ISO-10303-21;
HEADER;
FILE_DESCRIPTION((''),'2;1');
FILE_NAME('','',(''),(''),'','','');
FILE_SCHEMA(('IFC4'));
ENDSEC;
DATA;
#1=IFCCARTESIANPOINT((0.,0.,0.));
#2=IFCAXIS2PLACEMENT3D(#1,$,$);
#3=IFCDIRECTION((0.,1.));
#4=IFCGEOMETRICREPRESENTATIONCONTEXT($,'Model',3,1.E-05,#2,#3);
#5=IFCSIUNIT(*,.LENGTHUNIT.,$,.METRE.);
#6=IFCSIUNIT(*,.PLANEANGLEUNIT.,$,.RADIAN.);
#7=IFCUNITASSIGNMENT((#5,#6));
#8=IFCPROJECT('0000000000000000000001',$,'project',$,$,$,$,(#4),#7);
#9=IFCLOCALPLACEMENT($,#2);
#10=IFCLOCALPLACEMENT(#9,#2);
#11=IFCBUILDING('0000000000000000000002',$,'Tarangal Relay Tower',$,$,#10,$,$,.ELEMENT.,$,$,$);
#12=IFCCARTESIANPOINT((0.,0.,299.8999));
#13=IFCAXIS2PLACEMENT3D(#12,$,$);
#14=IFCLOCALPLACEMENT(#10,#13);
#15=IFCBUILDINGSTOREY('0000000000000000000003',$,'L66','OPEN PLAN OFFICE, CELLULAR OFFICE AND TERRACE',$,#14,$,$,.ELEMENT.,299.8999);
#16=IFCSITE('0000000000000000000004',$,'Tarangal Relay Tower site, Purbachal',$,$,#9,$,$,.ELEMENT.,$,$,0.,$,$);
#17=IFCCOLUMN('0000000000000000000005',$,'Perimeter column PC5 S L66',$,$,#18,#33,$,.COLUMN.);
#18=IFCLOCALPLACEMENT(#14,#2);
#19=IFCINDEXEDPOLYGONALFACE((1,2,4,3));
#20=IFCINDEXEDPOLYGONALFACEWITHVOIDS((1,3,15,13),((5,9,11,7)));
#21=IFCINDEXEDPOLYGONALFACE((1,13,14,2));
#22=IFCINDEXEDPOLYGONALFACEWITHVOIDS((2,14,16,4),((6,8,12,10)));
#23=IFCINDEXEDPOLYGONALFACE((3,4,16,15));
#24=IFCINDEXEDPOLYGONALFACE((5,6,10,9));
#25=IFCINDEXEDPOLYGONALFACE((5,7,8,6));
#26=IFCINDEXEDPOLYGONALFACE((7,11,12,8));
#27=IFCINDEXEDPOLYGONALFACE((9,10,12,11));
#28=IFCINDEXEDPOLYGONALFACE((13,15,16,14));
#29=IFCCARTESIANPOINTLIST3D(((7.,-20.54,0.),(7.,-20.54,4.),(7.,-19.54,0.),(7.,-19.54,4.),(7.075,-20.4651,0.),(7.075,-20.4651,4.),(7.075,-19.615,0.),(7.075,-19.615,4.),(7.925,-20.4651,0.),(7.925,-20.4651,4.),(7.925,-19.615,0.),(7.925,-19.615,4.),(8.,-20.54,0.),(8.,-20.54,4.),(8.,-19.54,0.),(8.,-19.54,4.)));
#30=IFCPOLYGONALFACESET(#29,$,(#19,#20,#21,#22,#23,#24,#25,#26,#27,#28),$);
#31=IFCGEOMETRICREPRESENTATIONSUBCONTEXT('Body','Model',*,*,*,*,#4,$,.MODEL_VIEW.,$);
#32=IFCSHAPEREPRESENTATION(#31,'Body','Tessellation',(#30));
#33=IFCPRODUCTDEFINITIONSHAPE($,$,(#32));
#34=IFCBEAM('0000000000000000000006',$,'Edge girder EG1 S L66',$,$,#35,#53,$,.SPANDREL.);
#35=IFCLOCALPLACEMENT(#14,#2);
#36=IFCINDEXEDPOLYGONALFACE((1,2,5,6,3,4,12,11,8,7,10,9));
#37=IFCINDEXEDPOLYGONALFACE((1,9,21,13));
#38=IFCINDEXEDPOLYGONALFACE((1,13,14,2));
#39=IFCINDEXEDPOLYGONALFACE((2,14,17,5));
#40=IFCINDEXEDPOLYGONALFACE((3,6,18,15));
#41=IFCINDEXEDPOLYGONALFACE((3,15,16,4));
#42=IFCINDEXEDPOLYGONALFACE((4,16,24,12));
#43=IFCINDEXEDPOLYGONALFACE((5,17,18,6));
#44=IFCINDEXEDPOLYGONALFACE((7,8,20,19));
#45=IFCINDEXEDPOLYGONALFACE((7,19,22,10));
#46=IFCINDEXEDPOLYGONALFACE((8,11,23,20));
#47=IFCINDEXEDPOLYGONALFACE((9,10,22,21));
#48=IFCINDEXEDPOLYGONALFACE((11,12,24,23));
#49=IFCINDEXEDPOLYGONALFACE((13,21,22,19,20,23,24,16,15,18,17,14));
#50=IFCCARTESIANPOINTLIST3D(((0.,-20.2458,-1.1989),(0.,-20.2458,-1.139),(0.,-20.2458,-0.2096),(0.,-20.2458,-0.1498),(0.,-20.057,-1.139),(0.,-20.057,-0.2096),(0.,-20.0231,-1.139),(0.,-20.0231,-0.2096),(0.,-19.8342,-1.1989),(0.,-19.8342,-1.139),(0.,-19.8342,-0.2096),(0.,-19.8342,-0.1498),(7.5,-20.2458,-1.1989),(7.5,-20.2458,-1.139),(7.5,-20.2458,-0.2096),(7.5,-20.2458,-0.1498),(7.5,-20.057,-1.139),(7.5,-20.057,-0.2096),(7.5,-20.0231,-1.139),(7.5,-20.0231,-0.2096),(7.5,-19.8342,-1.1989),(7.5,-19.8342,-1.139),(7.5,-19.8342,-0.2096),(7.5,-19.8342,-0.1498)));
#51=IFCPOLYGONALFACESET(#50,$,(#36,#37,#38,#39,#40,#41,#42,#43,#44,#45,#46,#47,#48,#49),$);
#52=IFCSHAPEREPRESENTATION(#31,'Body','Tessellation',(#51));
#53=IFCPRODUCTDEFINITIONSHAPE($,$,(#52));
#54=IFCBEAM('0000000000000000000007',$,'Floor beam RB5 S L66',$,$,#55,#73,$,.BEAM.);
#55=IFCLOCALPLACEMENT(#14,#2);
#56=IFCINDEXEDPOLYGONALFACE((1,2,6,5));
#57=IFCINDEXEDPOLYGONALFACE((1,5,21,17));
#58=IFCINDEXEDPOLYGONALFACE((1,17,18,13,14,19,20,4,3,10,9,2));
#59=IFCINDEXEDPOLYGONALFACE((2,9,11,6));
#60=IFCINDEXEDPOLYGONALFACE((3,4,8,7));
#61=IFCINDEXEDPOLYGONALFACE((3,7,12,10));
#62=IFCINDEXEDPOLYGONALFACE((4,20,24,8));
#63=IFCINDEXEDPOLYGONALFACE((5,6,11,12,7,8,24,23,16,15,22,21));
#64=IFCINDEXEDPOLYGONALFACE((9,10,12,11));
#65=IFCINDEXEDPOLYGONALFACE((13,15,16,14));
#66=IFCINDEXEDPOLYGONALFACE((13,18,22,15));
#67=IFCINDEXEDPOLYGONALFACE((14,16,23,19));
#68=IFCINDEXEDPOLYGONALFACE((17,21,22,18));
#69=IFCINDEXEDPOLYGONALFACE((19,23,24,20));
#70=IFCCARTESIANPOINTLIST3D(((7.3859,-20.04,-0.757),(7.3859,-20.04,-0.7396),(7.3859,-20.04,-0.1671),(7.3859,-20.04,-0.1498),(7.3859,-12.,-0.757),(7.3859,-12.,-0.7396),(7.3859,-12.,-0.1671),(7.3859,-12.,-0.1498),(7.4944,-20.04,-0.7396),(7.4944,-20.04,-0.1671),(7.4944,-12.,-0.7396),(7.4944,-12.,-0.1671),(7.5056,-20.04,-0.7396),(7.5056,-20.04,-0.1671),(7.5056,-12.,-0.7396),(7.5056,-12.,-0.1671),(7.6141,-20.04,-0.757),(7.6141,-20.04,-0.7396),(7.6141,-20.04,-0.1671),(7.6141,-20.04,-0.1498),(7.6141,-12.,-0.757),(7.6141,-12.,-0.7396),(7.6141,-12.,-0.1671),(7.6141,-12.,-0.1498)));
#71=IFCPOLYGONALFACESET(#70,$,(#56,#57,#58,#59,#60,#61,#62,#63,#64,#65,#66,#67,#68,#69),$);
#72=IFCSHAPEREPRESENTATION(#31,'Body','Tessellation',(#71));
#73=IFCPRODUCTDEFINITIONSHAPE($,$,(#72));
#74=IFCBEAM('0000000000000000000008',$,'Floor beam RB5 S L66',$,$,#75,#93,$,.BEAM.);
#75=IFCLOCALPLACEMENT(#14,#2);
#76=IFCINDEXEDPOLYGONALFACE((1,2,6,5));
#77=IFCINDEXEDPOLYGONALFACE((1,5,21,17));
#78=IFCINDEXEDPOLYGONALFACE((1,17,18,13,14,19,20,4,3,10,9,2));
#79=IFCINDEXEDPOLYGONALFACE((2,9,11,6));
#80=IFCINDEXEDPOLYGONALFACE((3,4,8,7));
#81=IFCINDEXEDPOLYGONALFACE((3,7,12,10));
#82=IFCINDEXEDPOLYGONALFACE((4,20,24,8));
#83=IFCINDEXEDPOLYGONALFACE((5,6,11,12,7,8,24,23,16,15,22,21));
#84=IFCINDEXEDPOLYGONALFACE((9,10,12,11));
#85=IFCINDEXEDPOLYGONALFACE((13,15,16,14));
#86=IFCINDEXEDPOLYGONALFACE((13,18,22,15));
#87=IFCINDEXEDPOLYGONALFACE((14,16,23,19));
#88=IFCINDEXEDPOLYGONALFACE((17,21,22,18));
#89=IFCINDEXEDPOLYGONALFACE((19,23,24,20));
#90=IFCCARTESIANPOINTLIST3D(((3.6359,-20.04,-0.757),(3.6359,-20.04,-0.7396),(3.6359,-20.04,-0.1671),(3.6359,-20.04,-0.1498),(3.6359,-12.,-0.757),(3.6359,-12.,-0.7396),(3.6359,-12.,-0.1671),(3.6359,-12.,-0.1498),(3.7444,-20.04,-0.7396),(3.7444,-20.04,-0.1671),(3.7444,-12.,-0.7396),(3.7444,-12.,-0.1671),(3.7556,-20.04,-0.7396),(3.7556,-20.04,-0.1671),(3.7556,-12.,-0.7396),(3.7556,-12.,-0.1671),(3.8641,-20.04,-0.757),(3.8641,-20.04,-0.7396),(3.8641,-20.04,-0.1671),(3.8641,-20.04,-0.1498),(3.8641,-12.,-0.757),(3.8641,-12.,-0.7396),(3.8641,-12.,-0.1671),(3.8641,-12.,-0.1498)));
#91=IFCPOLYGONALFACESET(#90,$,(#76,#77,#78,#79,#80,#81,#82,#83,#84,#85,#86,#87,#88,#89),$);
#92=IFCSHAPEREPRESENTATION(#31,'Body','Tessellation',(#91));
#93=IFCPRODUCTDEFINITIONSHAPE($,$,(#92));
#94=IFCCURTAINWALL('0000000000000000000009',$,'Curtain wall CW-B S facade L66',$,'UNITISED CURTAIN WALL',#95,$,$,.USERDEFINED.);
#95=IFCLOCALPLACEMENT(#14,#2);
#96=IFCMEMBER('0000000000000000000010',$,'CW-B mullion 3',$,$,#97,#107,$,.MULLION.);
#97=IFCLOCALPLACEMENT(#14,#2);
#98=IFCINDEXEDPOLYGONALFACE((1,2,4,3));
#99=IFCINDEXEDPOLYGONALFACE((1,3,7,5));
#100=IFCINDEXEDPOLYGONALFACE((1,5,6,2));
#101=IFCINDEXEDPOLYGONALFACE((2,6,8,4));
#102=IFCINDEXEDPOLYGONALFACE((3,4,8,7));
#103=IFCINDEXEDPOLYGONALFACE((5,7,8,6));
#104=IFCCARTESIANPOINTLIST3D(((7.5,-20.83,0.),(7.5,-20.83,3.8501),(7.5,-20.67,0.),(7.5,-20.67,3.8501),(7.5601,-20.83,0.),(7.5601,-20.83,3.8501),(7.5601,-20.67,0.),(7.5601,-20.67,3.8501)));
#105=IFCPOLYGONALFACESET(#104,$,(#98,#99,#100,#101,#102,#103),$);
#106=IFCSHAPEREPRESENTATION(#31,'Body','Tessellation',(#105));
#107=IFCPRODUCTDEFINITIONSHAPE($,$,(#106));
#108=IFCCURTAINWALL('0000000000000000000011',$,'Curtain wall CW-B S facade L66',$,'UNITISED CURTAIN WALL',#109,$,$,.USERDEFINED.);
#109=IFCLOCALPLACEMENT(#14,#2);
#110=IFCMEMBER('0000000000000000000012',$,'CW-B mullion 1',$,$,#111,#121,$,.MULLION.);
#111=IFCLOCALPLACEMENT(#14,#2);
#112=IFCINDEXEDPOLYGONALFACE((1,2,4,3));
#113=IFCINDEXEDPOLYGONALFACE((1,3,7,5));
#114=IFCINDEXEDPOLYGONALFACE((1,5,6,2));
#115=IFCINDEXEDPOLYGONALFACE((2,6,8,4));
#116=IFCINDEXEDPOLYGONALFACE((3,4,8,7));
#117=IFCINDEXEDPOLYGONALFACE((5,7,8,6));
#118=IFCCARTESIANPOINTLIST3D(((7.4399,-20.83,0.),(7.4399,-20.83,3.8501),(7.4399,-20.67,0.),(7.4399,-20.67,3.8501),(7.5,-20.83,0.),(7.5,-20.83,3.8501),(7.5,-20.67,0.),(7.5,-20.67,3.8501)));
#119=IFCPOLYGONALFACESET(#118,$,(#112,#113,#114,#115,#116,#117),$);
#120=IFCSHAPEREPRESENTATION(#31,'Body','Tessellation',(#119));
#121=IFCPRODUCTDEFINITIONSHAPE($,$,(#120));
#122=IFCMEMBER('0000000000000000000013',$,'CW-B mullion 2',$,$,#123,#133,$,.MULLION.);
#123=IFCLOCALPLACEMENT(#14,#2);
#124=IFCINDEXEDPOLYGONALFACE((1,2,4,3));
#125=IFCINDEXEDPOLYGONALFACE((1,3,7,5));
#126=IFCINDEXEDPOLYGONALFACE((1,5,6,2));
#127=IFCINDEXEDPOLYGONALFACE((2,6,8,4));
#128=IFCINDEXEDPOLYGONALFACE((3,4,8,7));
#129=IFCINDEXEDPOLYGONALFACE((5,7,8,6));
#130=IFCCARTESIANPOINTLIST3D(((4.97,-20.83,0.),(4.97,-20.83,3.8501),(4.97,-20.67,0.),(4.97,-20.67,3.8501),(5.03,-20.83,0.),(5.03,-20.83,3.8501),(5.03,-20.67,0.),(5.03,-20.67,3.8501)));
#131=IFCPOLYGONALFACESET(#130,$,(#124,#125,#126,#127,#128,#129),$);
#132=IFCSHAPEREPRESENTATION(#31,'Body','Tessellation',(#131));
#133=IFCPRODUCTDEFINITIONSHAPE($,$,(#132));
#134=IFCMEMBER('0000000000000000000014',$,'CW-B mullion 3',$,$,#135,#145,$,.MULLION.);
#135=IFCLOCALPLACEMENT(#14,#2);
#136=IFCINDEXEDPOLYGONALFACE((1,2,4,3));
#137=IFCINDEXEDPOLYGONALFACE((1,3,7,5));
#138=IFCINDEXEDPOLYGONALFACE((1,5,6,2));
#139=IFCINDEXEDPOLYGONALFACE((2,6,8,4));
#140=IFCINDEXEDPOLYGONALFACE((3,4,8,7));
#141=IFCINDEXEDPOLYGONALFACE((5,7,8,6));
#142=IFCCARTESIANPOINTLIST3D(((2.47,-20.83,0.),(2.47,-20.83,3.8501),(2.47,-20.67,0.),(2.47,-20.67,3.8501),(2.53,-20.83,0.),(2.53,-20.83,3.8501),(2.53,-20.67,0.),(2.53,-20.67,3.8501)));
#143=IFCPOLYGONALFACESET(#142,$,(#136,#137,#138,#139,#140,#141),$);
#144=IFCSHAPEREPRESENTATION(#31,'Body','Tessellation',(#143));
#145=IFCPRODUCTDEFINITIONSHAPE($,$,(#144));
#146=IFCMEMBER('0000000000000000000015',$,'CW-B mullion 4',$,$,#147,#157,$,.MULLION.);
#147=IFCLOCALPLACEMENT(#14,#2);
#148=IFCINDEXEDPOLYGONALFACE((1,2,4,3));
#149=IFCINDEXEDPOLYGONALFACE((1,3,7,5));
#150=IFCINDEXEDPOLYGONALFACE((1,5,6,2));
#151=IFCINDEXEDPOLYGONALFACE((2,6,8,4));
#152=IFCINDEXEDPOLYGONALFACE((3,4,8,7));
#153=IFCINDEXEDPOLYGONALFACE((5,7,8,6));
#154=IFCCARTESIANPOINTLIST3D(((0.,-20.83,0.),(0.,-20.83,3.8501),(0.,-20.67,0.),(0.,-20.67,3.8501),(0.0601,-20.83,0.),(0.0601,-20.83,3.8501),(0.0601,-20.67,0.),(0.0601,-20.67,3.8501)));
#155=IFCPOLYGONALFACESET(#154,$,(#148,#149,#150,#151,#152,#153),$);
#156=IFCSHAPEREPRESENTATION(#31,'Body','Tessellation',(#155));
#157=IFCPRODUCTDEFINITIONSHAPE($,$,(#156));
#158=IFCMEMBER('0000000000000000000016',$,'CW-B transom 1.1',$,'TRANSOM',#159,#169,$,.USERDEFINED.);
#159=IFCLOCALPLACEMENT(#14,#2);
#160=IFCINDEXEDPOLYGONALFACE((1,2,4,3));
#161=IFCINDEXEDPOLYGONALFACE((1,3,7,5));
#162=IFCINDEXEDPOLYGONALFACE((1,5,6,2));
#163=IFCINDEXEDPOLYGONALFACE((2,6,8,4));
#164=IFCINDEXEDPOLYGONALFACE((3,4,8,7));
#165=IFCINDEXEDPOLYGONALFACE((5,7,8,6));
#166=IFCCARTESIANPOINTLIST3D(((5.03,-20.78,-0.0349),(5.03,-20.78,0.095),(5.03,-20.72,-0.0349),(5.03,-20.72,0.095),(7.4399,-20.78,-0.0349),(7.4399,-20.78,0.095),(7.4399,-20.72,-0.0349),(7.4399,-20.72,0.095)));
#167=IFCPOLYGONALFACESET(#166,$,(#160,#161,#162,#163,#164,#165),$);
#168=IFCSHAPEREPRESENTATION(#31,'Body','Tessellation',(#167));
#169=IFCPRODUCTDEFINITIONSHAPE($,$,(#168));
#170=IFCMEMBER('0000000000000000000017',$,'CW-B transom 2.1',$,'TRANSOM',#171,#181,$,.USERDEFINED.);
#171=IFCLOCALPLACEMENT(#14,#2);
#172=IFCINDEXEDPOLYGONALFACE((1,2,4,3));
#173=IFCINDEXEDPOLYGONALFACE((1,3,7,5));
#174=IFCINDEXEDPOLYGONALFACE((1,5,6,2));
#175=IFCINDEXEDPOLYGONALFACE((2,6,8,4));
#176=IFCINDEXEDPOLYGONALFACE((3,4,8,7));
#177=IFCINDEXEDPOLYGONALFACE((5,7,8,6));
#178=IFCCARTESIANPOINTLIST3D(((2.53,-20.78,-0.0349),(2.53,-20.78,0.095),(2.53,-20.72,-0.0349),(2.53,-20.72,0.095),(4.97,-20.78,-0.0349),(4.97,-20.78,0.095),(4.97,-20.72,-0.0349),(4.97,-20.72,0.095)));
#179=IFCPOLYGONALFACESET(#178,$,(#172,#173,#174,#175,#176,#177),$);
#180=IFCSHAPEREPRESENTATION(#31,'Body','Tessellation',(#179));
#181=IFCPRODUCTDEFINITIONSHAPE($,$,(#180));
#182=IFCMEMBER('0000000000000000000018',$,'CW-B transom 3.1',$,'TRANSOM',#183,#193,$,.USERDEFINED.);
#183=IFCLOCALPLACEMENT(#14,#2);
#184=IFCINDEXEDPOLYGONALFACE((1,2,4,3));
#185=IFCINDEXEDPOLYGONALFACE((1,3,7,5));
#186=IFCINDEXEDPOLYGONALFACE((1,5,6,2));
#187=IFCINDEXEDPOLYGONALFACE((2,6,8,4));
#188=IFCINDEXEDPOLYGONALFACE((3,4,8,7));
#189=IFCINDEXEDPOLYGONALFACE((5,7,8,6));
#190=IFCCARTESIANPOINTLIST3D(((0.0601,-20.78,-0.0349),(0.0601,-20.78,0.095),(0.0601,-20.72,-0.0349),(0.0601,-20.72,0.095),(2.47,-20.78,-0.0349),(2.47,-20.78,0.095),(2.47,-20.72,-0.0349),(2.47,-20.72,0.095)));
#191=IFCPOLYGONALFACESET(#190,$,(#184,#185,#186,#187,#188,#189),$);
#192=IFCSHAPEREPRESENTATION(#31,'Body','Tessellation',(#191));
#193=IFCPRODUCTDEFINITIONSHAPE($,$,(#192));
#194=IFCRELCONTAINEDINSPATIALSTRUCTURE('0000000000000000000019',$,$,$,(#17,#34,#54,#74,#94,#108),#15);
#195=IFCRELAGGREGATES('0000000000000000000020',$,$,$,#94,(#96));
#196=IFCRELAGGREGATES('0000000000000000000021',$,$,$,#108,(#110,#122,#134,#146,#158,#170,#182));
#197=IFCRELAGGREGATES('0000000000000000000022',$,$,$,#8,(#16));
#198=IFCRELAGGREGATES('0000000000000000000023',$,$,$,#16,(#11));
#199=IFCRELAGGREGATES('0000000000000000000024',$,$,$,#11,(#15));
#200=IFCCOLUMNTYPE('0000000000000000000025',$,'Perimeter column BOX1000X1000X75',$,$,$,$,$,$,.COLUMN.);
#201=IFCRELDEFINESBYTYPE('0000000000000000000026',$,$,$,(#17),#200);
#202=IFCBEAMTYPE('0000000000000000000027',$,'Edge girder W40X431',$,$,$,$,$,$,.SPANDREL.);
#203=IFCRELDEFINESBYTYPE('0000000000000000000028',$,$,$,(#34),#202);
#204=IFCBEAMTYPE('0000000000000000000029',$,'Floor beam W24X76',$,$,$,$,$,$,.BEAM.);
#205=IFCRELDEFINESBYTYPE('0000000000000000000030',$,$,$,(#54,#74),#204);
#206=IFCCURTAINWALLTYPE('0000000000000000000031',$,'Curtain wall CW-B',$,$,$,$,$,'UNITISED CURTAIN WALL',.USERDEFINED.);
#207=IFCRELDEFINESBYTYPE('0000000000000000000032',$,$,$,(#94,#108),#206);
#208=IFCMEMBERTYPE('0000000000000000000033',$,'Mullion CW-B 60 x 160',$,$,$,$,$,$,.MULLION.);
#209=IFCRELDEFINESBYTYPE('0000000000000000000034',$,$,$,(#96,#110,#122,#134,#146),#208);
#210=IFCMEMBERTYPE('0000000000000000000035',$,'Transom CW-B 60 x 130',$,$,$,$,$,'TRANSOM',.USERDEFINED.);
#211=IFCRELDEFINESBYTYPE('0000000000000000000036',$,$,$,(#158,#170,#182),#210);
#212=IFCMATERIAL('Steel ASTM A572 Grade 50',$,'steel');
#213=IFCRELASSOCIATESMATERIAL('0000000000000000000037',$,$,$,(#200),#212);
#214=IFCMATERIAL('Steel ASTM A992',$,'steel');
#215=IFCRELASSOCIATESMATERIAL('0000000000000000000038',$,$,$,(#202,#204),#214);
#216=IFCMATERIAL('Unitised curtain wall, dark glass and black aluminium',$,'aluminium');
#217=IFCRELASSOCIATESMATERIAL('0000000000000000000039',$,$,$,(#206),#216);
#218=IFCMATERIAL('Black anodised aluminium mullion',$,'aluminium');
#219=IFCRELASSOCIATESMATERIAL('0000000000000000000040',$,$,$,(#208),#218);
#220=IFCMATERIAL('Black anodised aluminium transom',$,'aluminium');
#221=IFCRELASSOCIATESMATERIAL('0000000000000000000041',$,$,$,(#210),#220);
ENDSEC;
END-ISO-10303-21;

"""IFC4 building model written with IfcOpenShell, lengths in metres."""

from ifc_helpers import new_model, si_unit, direction, frame, origin, origin_2d, place, context, subcontext, project, spatial, rectangle, hollow_rectangle, i_section, extrude, material, material_profile, profile_set, type_object, element, aggregate, save


model = new_model("IFC4")

# Units and contexts
model_context = context("Model", 3, precision=1e-05, world=origin(), true_north=direction((0.0, 1.0)))
body_context = subcontext(model_context, "Body", "Model", "MODEL_VIEW")
ifc_project = project(units=[si_unit("LENGTHUNIT", "METRE"), si_unit("PLANEANGLEUNIT", "RADIAN")], contexts=[model_context])

# Site, building, storey
site_placement = place(None, origin())
site = spatial("IfcSite", under=ifc_project, at=site_placement, Name="Tarangal Relay Tower site, Purbachal", CompositionType="ELEMENT", RefElevation=0.0)
building_placement = place(site_placement, origin())
building = spatial("IfcBuilding", under=site, at=building_placement, Name="Tarangal Relay Tower", CompositionType="ELEMENT")
storey_placement = place(building_placement, frame((0.0, 0.0, 299.8999)))
storey = spatial("IfcBuildingStorey", under=building, at=storey_placement, Name="L66", Description="OPEN PLAN OFFICE, CELLULAR OFFICE AND TERRACE", CompositionType="ELEMENT", Elevation=299.8999)

# Column
ifc_material_1 = material(Name="Steel ASTM A572 Grade 50", Category="steel")
ifc_material_profile_1 = material_profile(ifc_material_1, hollow_rectangle(XDim=1.0, YDim=1.0, WallThickness=0.075, at=origin_2d()), Name="BOX1000X1000X75")
ifc_profile_set_1 = profile_set([ifc_material_profile_1], Name="Steel ASTM A572 Grade 50")
column_type = type_object("IfcColumnType", Name="Perimeter column BOX1000X1000X75", PredefinedType="COLUMN", material=ifc_profile_set_1)
column_placement = place(storey_placement, frame((7.5, -20.04, 0.0), z_axis=(0.0, 0.0, 1.0), x_axis=(1.0, 0.0, 0.0)))
element("IfcColumn", 1, at=column_placement, inside=storey, type_object=column_type, Name="Perimeter column PC5 S L66", PredefinedType="COLUMN", context=body_context, shape_type="SweptSolid", body=[
    extrude(hollow_rectangle(XDim=1.0, YDim=1.0, WallThickness=0.075, at=origin_2d()), origin(), (0.0, 0.0, 1.0), 4.0),
])

# Beams
ifc_material_2 = material(Name="Steel ASTM A992", Category="steel")
ifc_material_profile_2 = material_profile(ifc_material_2, i_section(OverallWidth=0.4116, OverallDepth=1.0491, WebThickness=0.0339, FlangeThickness=0.0598, at=origin_2d()), Name="W40X431")
ifc_profile_set_2 = profile_set([ifc_material_profile_2], Name="Steel ASTM A992")
beam_type_1 = type_object("IfcBeamType", Name="Edge girder W40X431", PredefinedType="SPANDREL", material=ifc_profile_set_2)
beam_placement = place(storey_placement, frame((7.5, -20.04, -0.6743), z_axis=(-1.0, 0.0, 0.0), x_axis=(0.0, -1.0, 0.0)))
element("IfcBeam", 2, at=beam_placement, inside=storey, type_object=beam_type_1, Name="Edge girder EG1 S L66", PredefinedType="SPANDREL", context=body_context, shape_type="SweptSolid", body=[
    extrude(i_section(OverallWidth=0.4116, OverallDepth=1.0491, WebThickness=0.0339, FlangeThickness=0.0598, at=origin_2d()), origin(), (0.0, 0.0, 1.0), 7.5),
])
ifc_material_profile_3 = material_profile(ifc_material_2, i_section(OverallWidth=0.2283, OverallDepth=0.6072, WebThickness=0.0112, FlangeThickness=0.0173, at=origin_2d()), Name="W24X76")
ifc_profile_set_3 = profile_set([ifc_material_profile_3], Name="Steel ASTM A992")
beam_type_2 = type_object("IfcBeamType", Name="Floor beam W24X76", PredefinedType="BEAM", material=ifc_profile_set_3)
for number, where, z_axis, x_axis, name in (
    (3, (7.5, -12.0, -0.4534), (0.0, -1.0, 0.0), (1.0, 0.0, 0.0), "Floor beam RB5 S L66"),
    (4, (3.75, -12.0, -0.4534), (0.0, -1.0, 0.0), (1.0, 0.0, 0.0), "Floor beam RB5 S L66"),
):
    element("IfcBeam", number, at=place(storey_placement, frame(where, z_axis=z_axis, x_axis=x_axis)), inside=storey, type_object=beam_type_2, Name=name, PredefinedType="BEAM", context=body_context, shape_type="SweptSolid", body=[
        extrude(i_section(OverallWidth=0.2283, OverallDepth=0.6072, WebThickness=0.0112, FlangeThickness=0.0173, at=origin_2d()), origin(), (0.0, 0.0, 1.0), 8.04),
    ])

# Curtain wall, member
ifc_material_3 = material(Name="Unitised curtain wall, dark glass and black aluminium", Category="aluminium")
curtain_wall_type = type_object("IfcCurtainWallType", Name="Curtain wall CW-B", ElementType="UNITISED CURTAIN WALL", PredefinedType="USERDEFINED", material=ifc_material_3)
curtain_wall_1_placement = place(storey_placement, origin())
curtain_wall_1 = element("IfcCurtainWall", 5, at=curtain_wall_1_placement, inside=storey, type_object=curtain_wall_type, Name="Curtain wall CW-B S facade L66", ObjectType="UNITISED CURTAIN WALL", PredefinedType="USERDEFINED")
ifc_material_4 = material(Name="Black anodised aluminium mullion", Category="aluminium")
ifc_material_profile_4 = material_profile(ifc_material_4, rectangle(XDim=0.1599, YDim=0.0601, at=origin_2d()), Name="CW-BM 60X160")
ifc_profile_set_4 = profile_set([ifc_material_profile_4], Name="Black anodised aluminium mullion")
member_type_1 = type_object("IfcMemberType", Name="Mullion CW-B 60 x 160", PredefinedType="MULLION", material=ifc_profile_set_4)
member_1_placement = place(storey_placement, frame((7.53, -20.75, 0.0), z_axis=(0.0, 0.0, 1.0), x_axis=(0.0, -1.0, 0.0)))
member_1 = element("IfcMember", 6, at=member_1_placement, type_object=member_type_1, Name="CW-B mullion 3", PredefinedType="MULLION", context=body_context, shape_type="SweptSolid", body=[
    extrude(rectangle(XDim=0.1599, YDim=0.0601, at=origin_2d()), origin(), (0.0, 0.0, 1.0), 3.8501),
])

# Curtain wall, members
curtain_wall_2_placement = place(storey_placement, origin())
curtain_wall_2 = element("IfcCurtainWall", 7, at=curtain_wall_2_placement, inside=storey, type_object=curtain_wall_type, Name="Curtain wall CW-B S facade L66", ObjectType="UNITISED CURTAIN WALL", PredefinedType="USERDEFINED")
member_2_placement = place(storey_placement, frame((7.47, -20.75, 0.0), z_axis=(0.0, 0.0, 1.0), x_axis=(0.0, -1.0, 0.0)))
member_2 = element("IfcMember", 8, at=member_2_placement, type_object=member_type_1, Name="CW-B mullion 1", PredefinedType="MULLION", context=body_context, shape_type="SweptSolid", body=[
    extrude(rectangle(XDim=0.1599, YDim=0.0601, at=origin_2d()), origin(), (0.0, 0.0, 1.0), 3.8501),
])
member_3_placement = place(storey_placement, frame((5.0, -20.75, 0.0), z_axis=(0.0, 0.0, 1.0), x_axis=(0.0, -1.0, 0.0)))
member_3 = element("IfcMember", 9, at=member_3_placement, type_object=member_type_1, Name="CW-B mullion 2", PredefinedType="MULLION", context=body_context, shape_type="SweptSolid", body=[
    extrude(rectangle(XDim=0.1599, YDim=0.0601, at=origin_2d()), origin(), (0.0, 0.0, 1.0), 3.8501),
])
member_4_placement = place(storey_placement, frame((2.5, -20.75, 0.0), z_axis=(0.0, 0.0, 1.0), x_axis=(0.0, -1.0, 0.0)))
member_4 = element("IfcMember", 10, at=member_4_placement, type_object=member_type_1, Name="CW-B mullion 3", PredefinedType="MULLION", context=body_context, shape_type="SweptSolid", body=[
    extrude(rectangle(XDim=0.1599, YDim=0.0601, at=origin_2d()), origin(), (0.0, 0.0, 1.0), 3.8501),
])
member_5_placement = place(storey_placement, frame((0.03, -20.75, 0.0), z_axis=(0.0, 0.0, 1.0), x_axis=(0.0, -1.0, 0.0)))
member_5 = element("IfcMember", 11, at=member_5_placement, type_object=member_type_1, Name="CW-B mullion 4", PredefinedType="MULLION", context=body_context, shape_type="SweptSolid", body=[
    extrude(rectangle(XDim=0.1599, YDim=0.0601, at=origin_2d()), origin(), (0.0, 0.0, 1.0), 3.8501),
])
ifc_material_5 = material(Name="Black anodised aluminium transom", Category="aluminium")
ifc_material_profile_5 = material_profile(ifc_material_5, rectangle(XDim=0.0601, YDim=0.1299, at=origin_2d()), Name="CW-BT 60X130")
ifc_profile_set_5 = profile_set([ifc_material_profile_5], Name="Black anodised aluminium transom")
member_type_2 = type_object("IfcMemberType", Name="Transom CW-B 60 x 130", ElementType="TRANSOM", PredefinedType="USERDEFINED", material=ifc_profile_set_5)
member_6_placement = place(storey_placement, frame((7.4399, -20.75, 0.03), z_axis=(-1.0, 0.0, 0.0), x_axis=(0.0, -1.0, 0.0)))
member_6 = element("IfcMember", 12, at=member_6_placement, type_object=member_type_2, Name="CW-B transom 1.1", ObjectType="TRANSOM", PredefinedType="USERDEFINED", context=body_context, shape_type="SweptSolid", body=[
    extrude(rectangle(XDim=0.0601, YDim=0.1299, at=origin_2d()), origin(), (0.0, 0.0, 1.0), 2.4099),
])
member_7_placement = place(storey_placement, frame((4.97, -20.75, 0.03), z_axis=(-1.0, 0.0, 0.0), x_axis=(0.0, -1.0, 0.0)))
member_7 = element("IfcMember", 13, at=member_7_placement, type_object=member_type_2, Name="CW-B transom 2.1", ObjectType="TRANSOM", PredefinedType="USERDEFINED", context=body_context, shape_type="SweptSolid", body=[
    extrude(rectangle(XDim=0.0601, YDim=0.1299, at=origin_2d()), origin(), (0.0, 0.0, 1.0), 2.4399),
])
member_8_placement = place(storey_placement, frame((2.47, -20.75, 0.03), z_axis=(-1.0, 0.0, 0.0), x_axis=(0.0, -1.0, 0.0)))
member_8 = element("IfcMember", 14, at=member_8_placement, type_object=member_type_2, Name="CW-B transom 3.1", ObjectType="TRANSOM", PredefinedType="USERDEFINED", context=body_context, shape_type="SweptSolid", body=[
    extrude(rectangle(XDim=0.0601, YDim=0.1299, at=origin_2d()), origin(), (0.0, 0.0, 1.0), 2.4099),
])

aggregate(curtain_wall_1, [member_1])
aggregate(curtain_wall_2, [member_2, member_3, member_4, member_5, member_6, member_7, member_8])

save(model, "model.ifc")
